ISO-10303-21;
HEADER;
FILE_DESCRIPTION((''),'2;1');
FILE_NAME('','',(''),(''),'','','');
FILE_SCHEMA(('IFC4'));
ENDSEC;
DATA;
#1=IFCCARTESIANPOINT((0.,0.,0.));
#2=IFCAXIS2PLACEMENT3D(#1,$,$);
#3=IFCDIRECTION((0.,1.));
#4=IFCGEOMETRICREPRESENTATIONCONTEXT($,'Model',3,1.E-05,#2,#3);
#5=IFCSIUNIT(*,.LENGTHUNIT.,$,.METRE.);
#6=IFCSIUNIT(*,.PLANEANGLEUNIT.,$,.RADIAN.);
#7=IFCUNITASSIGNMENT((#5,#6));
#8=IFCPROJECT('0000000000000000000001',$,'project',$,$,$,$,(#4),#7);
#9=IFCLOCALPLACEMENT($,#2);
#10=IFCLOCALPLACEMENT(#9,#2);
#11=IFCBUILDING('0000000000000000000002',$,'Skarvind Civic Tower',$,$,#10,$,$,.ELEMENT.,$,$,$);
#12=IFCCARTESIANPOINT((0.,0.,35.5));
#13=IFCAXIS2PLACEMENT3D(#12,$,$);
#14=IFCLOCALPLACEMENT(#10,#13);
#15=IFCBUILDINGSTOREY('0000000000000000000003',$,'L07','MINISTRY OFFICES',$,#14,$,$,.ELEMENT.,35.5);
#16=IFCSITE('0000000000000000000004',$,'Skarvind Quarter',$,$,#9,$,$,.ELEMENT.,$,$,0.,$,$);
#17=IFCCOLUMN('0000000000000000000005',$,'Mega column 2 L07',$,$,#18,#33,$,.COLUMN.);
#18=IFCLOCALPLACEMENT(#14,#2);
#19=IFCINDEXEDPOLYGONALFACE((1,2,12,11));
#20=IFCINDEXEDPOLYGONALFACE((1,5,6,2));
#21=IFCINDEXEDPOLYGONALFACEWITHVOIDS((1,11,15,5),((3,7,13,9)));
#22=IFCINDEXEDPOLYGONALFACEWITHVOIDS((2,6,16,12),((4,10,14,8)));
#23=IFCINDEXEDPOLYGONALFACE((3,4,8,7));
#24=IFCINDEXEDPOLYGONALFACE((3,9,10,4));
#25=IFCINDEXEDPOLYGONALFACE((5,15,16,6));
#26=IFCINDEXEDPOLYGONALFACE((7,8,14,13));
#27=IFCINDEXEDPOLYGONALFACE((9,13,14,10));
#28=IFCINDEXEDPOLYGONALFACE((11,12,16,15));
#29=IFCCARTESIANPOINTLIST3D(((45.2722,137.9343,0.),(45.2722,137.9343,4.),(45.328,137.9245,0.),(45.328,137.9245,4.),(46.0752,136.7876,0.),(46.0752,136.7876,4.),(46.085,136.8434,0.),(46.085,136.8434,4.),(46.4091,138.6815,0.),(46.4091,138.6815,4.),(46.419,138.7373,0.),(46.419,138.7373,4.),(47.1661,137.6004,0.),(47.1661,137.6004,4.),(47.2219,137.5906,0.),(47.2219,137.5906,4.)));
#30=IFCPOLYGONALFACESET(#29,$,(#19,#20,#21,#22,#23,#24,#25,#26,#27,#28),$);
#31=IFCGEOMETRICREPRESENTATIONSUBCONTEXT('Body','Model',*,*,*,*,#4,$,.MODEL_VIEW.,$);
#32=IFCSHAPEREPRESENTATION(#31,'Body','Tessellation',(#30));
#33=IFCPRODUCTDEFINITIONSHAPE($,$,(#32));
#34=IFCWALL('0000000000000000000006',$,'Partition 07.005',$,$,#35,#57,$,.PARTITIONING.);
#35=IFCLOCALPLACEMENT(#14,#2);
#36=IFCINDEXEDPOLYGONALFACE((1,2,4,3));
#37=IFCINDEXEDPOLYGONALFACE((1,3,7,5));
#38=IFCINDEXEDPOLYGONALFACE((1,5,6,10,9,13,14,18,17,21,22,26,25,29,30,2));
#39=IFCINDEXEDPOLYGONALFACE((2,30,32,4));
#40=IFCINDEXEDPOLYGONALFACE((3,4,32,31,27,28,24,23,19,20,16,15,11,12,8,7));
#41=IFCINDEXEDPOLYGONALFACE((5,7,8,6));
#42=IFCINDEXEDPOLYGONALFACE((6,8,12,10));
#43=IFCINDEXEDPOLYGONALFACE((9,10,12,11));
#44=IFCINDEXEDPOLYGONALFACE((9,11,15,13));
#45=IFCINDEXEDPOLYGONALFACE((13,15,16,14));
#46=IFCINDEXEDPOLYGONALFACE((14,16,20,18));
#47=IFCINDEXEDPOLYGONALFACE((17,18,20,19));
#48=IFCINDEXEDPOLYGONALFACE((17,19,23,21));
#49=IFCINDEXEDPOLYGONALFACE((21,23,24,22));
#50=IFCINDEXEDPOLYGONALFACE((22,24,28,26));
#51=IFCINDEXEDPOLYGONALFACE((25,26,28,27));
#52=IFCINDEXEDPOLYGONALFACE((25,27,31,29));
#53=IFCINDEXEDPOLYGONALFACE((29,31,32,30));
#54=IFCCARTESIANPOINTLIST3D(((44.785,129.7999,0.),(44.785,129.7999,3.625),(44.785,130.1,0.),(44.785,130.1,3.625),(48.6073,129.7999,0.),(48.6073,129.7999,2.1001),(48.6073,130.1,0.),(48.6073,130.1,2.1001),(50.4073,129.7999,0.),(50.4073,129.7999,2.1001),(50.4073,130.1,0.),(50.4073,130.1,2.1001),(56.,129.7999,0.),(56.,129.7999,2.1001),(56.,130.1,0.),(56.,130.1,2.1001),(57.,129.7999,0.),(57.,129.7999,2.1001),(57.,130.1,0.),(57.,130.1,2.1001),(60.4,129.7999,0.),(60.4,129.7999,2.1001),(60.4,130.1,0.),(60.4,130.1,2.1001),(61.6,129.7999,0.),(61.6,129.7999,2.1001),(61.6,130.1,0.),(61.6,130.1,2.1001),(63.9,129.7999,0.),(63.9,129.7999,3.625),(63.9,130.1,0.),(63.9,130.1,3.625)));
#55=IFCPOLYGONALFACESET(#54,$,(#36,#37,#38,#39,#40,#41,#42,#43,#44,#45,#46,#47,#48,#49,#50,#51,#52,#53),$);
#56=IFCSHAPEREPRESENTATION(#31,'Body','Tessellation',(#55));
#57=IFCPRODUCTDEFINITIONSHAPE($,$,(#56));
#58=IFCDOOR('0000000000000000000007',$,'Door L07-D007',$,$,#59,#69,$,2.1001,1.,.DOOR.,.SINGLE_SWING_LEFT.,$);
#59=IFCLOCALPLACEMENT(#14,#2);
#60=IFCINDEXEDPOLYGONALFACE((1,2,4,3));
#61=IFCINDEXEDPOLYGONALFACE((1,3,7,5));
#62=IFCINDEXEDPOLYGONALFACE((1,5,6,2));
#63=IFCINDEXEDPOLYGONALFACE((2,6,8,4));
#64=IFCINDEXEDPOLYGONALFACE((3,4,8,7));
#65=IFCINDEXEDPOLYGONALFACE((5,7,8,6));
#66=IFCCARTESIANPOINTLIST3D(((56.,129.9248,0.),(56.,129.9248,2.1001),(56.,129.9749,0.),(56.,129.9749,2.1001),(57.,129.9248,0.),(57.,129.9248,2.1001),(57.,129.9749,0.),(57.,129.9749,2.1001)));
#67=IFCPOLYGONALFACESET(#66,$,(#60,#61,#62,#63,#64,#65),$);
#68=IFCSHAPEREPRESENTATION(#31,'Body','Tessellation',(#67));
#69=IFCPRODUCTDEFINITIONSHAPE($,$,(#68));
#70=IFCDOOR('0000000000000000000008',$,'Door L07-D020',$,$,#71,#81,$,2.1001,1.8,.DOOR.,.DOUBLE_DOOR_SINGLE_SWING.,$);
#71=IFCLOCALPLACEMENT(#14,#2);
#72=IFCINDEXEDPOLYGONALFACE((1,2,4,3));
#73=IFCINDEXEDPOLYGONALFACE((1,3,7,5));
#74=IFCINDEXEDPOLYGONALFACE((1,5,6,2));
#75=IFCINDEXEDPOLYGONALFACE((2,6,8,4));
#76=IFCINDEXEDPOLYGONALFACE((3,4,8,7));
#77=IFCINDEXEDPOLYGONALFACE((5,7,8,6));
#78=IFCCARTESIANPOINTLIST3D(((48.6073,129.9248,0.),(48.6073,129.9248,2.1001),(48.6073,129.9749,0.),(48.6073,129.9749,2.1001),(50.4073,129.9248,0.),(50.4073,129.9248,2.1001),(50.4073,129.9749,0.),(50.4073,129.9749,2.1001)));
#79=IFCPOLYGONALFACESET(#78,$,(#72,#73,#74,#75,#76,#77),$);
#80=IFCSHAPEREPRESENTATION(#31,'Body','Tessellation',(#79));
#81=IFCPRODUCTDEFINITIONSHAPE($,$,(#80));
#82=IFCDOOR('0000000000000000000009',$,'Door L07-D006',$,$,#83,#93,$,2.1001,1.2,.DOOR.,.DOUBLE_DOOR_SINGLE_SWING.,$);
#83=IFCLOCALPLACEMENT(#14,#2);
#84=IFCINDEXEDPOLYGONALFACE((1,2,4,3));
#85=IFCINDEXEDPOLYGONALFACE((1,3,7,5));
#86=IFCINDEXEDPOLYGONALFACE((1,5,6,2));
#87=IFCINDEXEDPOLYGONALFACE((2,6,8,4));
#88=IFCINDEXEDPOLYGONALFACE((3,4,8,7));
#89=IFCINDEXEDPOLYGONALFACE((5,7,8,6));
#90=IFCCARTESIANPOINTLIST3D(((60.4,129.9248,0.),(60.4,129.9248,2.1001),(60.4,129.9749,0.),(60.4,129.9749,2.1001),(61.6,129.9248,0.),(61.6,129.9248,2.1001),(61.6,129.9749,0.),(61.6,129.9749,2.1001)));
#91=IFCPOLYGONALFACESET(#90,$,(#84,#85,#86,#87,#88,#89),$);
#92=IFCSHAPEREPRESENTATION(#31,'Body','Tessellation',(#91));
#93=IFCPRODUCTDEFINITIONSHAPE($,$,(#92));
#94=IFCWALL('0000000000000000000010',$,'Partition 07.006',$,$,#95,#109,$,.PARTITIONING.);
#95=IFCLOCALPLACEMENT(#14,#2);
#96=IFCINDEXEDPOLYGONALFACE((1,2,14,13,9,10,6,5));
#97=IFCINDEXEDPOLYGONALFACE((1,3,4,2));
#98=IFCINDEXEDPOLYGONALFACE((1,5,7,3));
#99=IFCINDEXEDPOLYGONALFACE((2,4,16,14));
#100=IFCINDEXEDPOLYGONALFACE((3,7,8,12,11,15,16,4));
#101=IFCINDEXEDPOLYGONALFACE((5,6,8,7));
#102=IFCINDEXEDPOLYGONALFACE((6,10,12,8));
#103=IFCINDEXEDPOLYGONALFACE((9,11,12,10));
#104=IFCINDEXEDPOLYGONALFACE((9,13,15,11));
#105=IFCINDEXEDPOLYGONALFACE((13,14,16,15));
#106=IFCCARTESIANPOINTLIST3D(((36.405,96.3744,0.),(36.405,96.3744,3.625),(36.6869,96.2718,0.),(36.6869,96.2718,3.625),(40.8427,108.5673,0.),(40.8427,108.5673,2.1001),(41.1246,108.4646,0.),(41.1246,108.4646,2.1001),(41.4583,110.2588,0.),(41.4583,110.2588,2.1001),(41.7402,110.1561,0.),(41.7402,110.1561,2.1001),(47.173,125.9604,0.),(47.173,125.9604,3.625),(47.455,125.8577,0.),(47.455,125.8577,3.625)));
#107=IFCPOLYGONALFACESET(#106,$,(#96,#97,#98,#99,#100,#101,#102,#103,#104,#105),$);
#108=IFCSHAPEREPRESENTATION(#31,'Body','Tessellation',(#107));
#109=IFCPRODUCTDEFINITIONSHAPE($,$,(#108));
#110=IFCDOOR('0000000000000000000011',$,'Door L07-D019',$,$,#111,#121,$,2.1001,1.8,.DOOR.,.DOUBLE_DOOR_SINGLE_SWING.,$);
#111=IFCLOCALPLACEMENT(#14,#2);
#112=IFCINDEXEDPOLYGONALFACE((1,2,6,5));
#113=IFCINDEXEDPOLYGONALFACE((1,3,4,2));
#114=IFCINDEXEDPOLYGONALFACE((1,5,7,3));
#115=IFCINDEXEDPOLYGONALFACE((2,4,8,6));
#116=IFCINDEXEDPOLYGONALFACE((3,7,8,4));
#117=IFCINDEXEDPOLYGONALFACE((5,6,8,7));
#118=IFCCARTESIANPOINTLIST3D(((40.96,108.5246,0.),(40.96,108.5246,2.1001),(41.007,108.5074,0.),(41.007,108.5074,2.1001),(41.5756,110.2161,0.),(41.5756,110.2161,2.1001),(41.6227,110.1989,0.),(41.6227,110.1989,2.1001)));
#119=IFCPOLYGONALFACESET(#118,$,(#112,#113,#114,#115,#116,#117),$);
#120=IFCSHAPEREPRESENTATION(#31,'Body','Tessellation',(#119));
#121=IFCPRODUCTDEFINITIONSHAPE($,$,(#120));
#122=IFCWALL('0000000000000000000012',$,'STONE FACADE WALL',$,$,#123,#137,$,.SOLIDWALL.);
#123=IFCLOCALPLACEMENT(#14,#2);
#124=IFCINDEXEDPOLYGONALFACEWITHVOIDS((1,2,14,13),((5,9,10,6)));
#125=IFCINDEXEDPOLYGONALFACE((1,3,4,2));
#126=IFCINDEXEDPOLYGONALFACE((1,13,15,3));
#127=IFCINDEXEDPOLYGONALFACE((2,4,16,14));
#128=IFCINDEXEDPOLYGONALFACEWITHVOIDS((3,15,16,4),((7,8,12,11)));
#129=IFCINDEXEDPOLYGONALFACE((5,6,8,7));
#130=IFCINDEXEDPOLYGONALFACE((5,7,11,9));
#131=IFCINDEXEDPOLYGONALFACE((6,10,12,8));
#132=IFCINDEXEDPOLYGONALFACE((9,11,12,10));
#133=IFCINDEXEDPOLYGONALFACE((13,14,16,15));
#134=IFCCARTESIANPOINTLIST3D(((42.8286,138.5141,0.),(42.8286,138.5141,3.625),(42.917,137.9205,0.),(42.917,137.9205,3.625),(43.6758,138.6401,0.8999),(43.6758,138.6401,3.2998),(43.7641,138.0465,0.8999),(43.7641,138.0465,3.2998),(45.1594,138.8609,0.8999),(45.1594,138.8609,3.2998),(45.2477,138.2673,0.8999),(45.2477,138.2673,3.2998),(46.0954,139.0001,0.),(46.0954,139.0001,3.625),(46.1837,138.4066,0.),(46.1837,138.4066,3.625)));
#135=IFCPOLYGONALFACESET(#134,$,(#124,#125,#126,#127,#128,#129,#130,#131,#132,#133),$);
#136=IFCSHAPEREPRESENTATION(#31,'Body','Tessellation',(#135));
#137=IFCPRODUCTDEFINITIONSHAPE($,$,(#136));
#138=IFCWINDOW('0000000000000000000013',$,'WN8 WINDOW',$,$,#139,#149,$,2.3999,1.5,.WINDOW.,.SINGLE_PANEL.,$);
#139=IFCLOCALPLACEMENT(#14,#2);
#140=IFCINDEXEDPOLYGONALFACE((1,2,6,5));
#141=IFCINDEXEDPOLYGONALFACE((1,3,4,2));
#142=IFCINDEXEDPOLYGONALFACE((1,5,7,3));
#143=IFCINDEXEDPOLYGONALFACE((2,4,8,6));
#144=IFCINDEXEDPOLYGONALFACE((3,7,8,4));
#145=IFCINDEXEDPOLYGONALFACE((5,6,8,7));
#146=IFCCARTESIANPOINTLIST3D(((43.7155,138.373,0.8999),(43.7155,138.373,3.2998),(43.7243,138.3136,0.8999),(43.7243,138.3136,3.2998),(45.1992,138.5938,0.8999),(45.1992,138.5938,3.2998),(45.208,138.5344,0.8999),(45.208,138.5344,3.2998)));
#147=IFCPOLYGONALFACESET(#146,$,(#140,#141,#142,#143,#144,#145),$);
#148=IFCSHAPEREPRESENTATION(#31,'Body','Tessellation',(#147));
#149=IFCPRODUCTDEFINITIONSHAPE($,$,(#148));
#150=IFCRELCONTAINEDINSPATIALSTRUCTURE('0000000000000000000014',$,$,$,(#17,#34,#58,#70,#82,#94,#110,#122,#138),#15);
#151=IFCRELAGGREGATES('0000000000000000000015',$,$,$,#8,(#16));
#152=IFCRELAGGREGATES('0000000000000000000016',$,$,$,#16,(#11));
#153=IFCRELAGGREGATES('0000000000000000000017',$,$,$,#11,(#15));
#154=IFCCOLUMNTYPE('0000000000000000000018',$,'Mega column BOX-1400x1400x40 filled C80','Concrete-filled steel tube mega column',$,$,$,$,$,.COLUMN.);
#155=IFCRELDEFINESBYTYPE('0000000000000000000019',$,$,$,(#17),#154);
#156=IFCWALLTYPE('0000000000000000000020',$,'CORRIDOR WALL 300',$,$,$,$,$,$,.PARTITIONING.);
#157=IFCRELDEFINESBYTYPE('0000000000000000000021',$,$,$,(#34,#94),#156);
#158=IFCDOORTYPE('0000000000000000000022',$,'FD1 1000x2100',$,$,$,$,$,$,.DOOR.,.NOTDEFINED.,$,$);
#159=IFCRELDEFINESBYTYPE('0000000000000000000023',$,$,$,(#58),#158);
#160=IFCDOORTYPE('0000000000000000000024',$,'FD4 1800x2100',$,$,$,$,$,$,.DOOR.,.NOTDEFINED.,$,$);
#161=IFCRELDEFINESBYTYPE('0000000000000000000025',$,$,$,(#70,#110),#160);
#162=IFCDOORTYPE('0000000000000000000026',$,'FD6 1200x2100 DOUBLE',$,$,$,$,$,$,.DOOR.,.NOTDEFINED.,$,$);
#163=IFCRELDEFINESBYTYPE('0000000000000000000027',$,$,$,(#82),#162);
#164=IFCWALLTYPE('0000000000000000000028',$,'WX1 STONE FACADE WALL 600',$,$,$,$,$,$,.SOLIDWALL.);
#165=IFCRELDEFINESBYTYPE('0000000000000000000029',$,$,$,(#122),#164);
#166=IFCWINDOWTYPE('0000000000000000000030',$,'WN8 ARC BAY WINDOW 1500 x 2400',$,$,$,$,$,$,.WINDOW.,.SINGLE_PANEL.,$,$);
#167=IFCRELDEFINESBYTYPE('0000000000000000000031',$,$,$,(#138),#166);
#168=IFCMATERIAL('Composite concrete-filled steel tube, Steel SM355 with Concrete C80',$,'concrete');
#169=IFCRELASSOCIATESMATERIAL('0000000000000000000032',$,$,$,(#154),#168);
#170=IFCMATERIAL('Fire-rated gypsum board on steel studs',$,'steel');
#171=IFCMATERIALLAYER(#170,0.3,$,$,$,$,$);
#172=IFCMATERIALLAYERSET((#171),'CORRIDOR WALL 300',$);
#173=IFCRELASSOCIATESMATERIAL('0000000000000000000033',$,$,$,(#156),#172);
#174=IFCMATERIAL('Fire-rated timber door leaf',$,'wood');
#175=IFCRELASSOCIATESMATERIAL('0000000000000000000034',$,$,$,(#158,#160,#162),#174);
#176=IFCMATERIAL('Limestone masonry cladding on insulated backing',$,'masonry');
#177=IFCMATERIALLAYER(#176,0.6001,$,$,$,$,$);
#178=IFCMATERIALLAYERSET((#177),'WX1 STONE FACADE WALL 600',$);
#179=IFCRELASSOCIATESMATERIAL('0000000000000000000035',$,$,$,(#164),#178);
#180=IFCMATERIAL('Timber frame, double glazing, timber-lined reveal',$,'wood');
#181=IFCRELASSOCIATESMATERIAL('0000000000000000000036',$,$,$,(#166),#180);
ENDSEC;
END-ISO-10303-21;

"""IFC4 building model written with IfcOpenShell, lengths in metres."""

from ifc_helpers import new_model, si_unit, direction, frame, frame_2d, origin, origin_2d, place, context, subcontext, project, spatial, rectangle, hollow_rectangle, extrude, material, layer, layer_set, material_profile, profile_set, type_object, element, fill, save


model = new_model("IFC4")

# Units and contexts
model_context = context("Model", 3, precision=1e-05, world=origin(), true_north=direction((0.0, 1.0)))
body_context = subcontext(model_context, "Body", "Model", "MODEL_VIEW")
ifc_project = project(units=[si_unit("LENGTHUNIT", "METRE"), si_unit("PLANEANGLEUNIT", "RADIAN")], contexts=[model_context])

# Site, building, storey
site_placement = place(None, origin())
site = spatial("IfcSite", under=ifc_project, at=site_placement, Name="Skarvind Quarter", CompositionType="ELEMENT", RefElevation=0.0)
building_placement = place(site_placement, origin())
building = spatial("IfcBuilding", under=site, at=building_placement, Name="Skarvind Civic Tower", CompositionType="ELEMENT")
storey_placement = place(building_placement, frame((0.0, 0.0, 35.5)))
storey = spatial("IfcBuildingStorey", under=building, at=storey_placement, Name="L07", Description="MINISTRY OFFICES", CompositionType="ELEMENT", Elevation=35.5)

# Column
ifc_material_1 = material(Name="Composite concrete-filled steel tube, Steel SM355 with Concrete C80", Category="concrete")
ifc_material_profile = material_profile(ifc_material_1, hollow_rectangle(XDim=1.3999, YDim=1.3999, WallThickness=0.04, at=origin_2d()), Name="BOX-1400x1400x40")
ifc_profile_set = profile_set([ifc_material_profile], Name="Composite concrete-filled steel tube, Steel SM355 with Concrete C80")
column_type = type_object("IfcColumnType", Name="Mega column BOX-1400x1400x40 filled C80", Description="Concrete-filled steel tube mega column", PredefinedType="COLUMN", material=ifc_profile_set)
column_placement = place(storey_placement, frame((46.2471, 137.7625, 0.0), z_axis=(0.0, 0.0, 1.0), x_axis=(0.573576, -0.819152, 0.0)))
element("IfcColumn", 1, at=column_placement, inside=storey, type_object=column_type, Name="Mega column 2 L07", PredefinedType="COLUMN", context=body_context, shape_type="SweptSolid", body=[
    extrude(hollow_rectangle(XDim=1.3999, YDim=1.3999, WallThickness=0.04, at=origin_2d()), origin(), (0.0, 0.0, 1.0), 4.0),
])

# Wall, openings, doors
ifc_material_2 = material(Name="Fire-rated gypsum board on steel studs", Category="steel")
ifc_layer_1 = layer(ifc_material_2, 0.3)
ifc_layer_set_1 = layer_set([ifc_layer_1], Name="CORRIDOR WALL 300")
wall_type_1 = type_object("IfcWallType", Name="CORRIDOR WALL 300", PredefinedType="PARTITIONING", material=ifc_layer_set_1)
wall_1_placement = place(storey_placement, frame((44.7849, 129.95, 0.0), z_axis=(0.0, 0.0, 1.0), x_axis=(1.0, 0.0, 0.0)))
wall_1 = element("IfcWall", 2, at=wall_1_placement, inside=storey, type_object=wall_type_1, Name="Partition 07.005", PredefinedType="PARTITIONING", context=body_context, shape_type="SweptSolid", body=[
    extrude(rectangle(XDim=19.115, YDim=0.3, at=frame_2d((9.5576, 0.0))), origin(), (0.0, 0.0, 1.0), 3.625),
])
opening_1_placement = place(wall_1_placement, frame((15.615, 0.0, 0.0)))
opening_1 = element("IfcOpeningElement", 3, at=opening_1_placement, cuts=wall_1, PredefinedType="OPENING", context=body_context, shape_type="SweptSolid", body=[
    extrude(rectangle(XDim=1.2, YDim=2.1001, at=frame_2d((0.6001, 1.05))), frame((0.0, 0.1599, 0.0), z_axis=(0.0, -1.0, 0.0), x_axis=(1.0, 0.0, 0.0)), (0.0, 0.0, 1.0), 0.3201),
])
opening_2_placement = place(wall_1_placement, frame((11.2151, 0.0, 0.0)))
opening_2 = element("IfcOpeningElement", 4, at=opening_2_placement, cuts=wall_1, PredefinedType="OPENING", context=body_context, shape_type="SweptSolid", body=[
    extrude(rectangle(XDim=1.0, YDim=2.1001, at=frame_2d((0.5, 1.05))), frame((0.0, 0.1599, 0.0), z_axis=(0.0, -1.0, 0.0), x_axis=(1.0, 0.0, 0.0)), (0.0, 0.0, 1.0), 0.3201),
])
opening_3_placement = place(wall_1_placement, frame((3.8225, 0.0, 0.0)))
opening_3 = element("IfcOpeningElement", 5, at=opening_3_placement, cuts=wall_1, PredefinedType="OPENING", context=body_context, shape_type="SweptSolid", body=[
    extrude(rectangle(XDim=1.8, YDim=2.1001, at=frame_2d((0.8999, 1.05))), frame((0.0, 0.1599, 0.0), z_axis=(0.0, -1.0, 0.0), x_axis=(1.0, 0.0, 0.0)), (0.0, 0.0, 1.0), 0.3201),
])
ifc_material_3 = material(Name="Fire-rated timber door leaf", Category="wood")
door_type_1 = type_object("IfcDoorType", Name="FD1 1000x2100", OperationType="NOTDEFINED", PredefinedType="DOOR", material=ifc_material_3)
door_1_placement = place(opening_2_placement, origin())
door_1 = element("IfcDoor", 6, at=door_1_placement, inside=storey, type_object=door_type_1, Name="Door L07-D007", OperationType="SINGLE_SWING_LEFT", OverallHeight=2.1001, OverallWidth=1.0, PredefinedType="DOOR", context=body_context, shape_type="SweptSolid", body=[
    extrude(rectangle(XDim=1.0, YDim=2.1001, at=frame_2d((0.5, 1.05))), frame((0.0, 0.0249, 0.0), z_axis=(0.0, -1.0, 0.0), x_axis=(1.0, 0.0, 0.0)), (0.0, 0.0, 1.0), 0.05),
])
fill(opening_2, door_1)
door_type_2 = type_object("IfcDoorType", Name="FD4 1800x2100", OperationType="NOTDEFINED", PredefinedType="DOOR", material=ifc_material_3)
door_2_placement = place(opening_3_placement, origin())
door_2 = element("IfcDoor", 7, at=door_2_placement, inside=storey, type_object=door_type_2, Name="Door L07-D020", OperationType="DOUBLE_DOOR_SINGLE_SWING", OverallHeight=2.1001, OverallWidth=1.8, PredefinedType="DOOR", context=body_context, shape_type="SweptSolid", body=[
    extrude(rectangle(XDim=1.8, YDim=2.1001, at=frame_2d((0.8999, 1.05))), frame((0.0, 0.0249, 0.0), z_axis=(0.0, -1.0, 0.0), x_axis=(1.0, 0.0, 0.0)), (0.0, 0.0, 1.0), 0.05),
])
fill(opening_3, door_2)
door_type_3 = type_object("IfcDoorType", Name="FD6 1200x2100 DOUBLE", OperationType="NOTDEFINED", PredefinedType="DOOR", material=ifc_material_3)
door_3_placement = place(opening_1_placement, origin())
door_3 = element("IfcDoor", 8, at=door_3_placement, inside=storey, type_object=door_type_3, Name="Door L07-D006", OperationType="DOUBLE_DOOR_SINGLE_SWING", OverallHeight=2.1001, OverallWidth=1.2, PredefinedType="DOOR", context=body_context, shape_type="SweptSolid", body=[
    extrude(rectangle(XDim=1.2, YDim=2.1001, at=frame_2d((0.6001, 1.05))), frame((0.0, 0.0249, 0.0), z_axis=(0.0, -1.0, 0.0), x_axis=(1.0, 0.0, 0.0)), (0.0, 0.0, 1.0), 0.05),
])
fill(opening_1, door_3)

# Wall, opening, door
wall_2_placement = place(storey_placement, frame((47.314, 125.9089, 0.0), z_axis=(0.0, 0.0, 1.0), x_axis=(-0.342011, -0.939696, 0.0)))
wall_2 = element("IfcWall", 9, at=wall_2_placement, inside=storey, type_object=wall_type_1, Name="Partition 07.006", PredefinedType="PARTITIONING", context=body_context, shape_type="SweptSolid", body=[
    extrude(rectangle(XDim=31.4846, YDim=0.3, at=frame_2d((15.7422, 0.0))), origin(), (0.0, 0.0, 1.0), 3.625),
])
opening_4_placement = place(wall_2_placement, frame((16.7092, 0.0, 0.0)))
opening_4 = element("IfcOpeningElement", 10, at=opening_4_placement, cuts=wall_2, PredefinedType="OPENING", context=body_context, shape_type="SweptSolid", body=[
    extrude(rectangle(XDim=1.8, YDim=2.1001, at=frame_2d((0.8999, 1.05))), frame((0.0, 0.1599, 0.0), z_axis=(0.0, -1.0, 0.0), x_axis=(1.0, 0.0, 0.0)), (0.0, 0.0, 1.0), 0.3201),
])
door_4_placement = place(opening_4_placement, origin())
door_4 = element("IfcDoor", 11, at=door_4_placement, inside=storey, type_object=door_type_2, Name="Door L07-D019", OperationType="DOUBLE_DOOR_SINGLE_SWING", OverallHeight=2.1001, OverallWidth=1.8, PredefinedType="DOOR", context=body_context, shape_type="SweptSolid", body=[
    extrude(rectangle(XDim=1.8, YDim=2.1001, at=frame_2d((0.8999, 1.05))), frame((0.0, 0.0249, 0.0), z_axis=(0.0, -1.0, 0.0), x_axis=(1.0, 0.0, 0.0)), (0.0, 0.0, 1.0), 0.05),
])
fill(opening_4, door_4)

# Shared definitions
ifc_material_4 = material(Name="Limestone masonry cladding on insulated backing", Category="masonry")
ifc_layer_2 = layer(ifc_material_4, 0.6001)
ifc_layer_set_2 = layer_set([ifc_layer_2], Name="WX1 STONE FACADE WALL 600")
wall_type_2 = type_object("IfcWallType", Name="WX1 STONE FACADE WALL 600", PredefinedType="SOLIDWALL", material=ifc_layer_set_2)
ifc_material_5 = material(Name="Timber frame, double glazing, timber-lined reveal", Category="wood")

# Wall, opening, window
wall_3_placement = place(storey_placement, frame((42.8728, 138.2173, 0.0), z_axis=(0.0, 0.0, 1.0), x_axis=(0.989111, 0.147173, 0.0)))
wall_3 = element("IfcWall", 12, at=wall_3_placement, inside=storey, type_object=wall_type_2, Name="STONE FACADE WALL", PredefinedType="SOLIDWALL", context=body_context, shape_type="SweptSolid", body=[
    extrude(rectangle(XDim=3.3027, YDim=0.6001, at=frame_2d((1.6514, 0.0))), origin(), (0.0, 0.0, 1.0), 3.625),
])
opening_5_placement = place(wall_3_placement, frame((0.8564, 0.0, 0.8999)))
opening_5 = element("IfcOpeningElement", 13, at=opening_5_placement, cuts=wall_3, PredefinedType="OPENING", context=body_context, shape_type="SweptSolid", body=[
    extrude(rectangle(XDim=1.5, YDim=2.3999, at=frame_2d((0.75, 1.2))), frame((0.0, 0.3101, 0.0), z_axis=(0.0, -1.0, 0.0), x_axis=(1.0, 0.0, 0.0)), (0.0, 0.0, 1.0), 0.6201),
])
window_type_1 = type_object("IfcWindowType", Name="WN8 ARC BAY WINDOW 1500 x 2400", PartitioningType="SINGLE_PANEL", PredefinedType="WINDOW", material=ifc_material_5)
window_1_placement = place(opening_5_placement, origin())
window_1 = element("IfcWindow", 14, at=window_1_placement, inside=storey, type_object=window_type_1, Name="WN8 WINDOW", OverallHeight=2.3999, OverallWidth=1.5, PartitioningType="SINGLE_PANEL", PredefinedType="WINDOW", context=body_context, shape_type="SweptSolid", body=[
    extrude(rectangle(XDim=1.5, YDim=2.3999, at=frame_2d((0.75, 1.2))), frame((0.0, 0.03, 0.0), z_axis=(0.0, -1.0, 0.0), x_axis=(1.0, 0.0, 0.0)), (0.0, 0.0, 1.0), 0.0601),
])
fill(opening_5, window_1)

save(model, "model.ifc")
